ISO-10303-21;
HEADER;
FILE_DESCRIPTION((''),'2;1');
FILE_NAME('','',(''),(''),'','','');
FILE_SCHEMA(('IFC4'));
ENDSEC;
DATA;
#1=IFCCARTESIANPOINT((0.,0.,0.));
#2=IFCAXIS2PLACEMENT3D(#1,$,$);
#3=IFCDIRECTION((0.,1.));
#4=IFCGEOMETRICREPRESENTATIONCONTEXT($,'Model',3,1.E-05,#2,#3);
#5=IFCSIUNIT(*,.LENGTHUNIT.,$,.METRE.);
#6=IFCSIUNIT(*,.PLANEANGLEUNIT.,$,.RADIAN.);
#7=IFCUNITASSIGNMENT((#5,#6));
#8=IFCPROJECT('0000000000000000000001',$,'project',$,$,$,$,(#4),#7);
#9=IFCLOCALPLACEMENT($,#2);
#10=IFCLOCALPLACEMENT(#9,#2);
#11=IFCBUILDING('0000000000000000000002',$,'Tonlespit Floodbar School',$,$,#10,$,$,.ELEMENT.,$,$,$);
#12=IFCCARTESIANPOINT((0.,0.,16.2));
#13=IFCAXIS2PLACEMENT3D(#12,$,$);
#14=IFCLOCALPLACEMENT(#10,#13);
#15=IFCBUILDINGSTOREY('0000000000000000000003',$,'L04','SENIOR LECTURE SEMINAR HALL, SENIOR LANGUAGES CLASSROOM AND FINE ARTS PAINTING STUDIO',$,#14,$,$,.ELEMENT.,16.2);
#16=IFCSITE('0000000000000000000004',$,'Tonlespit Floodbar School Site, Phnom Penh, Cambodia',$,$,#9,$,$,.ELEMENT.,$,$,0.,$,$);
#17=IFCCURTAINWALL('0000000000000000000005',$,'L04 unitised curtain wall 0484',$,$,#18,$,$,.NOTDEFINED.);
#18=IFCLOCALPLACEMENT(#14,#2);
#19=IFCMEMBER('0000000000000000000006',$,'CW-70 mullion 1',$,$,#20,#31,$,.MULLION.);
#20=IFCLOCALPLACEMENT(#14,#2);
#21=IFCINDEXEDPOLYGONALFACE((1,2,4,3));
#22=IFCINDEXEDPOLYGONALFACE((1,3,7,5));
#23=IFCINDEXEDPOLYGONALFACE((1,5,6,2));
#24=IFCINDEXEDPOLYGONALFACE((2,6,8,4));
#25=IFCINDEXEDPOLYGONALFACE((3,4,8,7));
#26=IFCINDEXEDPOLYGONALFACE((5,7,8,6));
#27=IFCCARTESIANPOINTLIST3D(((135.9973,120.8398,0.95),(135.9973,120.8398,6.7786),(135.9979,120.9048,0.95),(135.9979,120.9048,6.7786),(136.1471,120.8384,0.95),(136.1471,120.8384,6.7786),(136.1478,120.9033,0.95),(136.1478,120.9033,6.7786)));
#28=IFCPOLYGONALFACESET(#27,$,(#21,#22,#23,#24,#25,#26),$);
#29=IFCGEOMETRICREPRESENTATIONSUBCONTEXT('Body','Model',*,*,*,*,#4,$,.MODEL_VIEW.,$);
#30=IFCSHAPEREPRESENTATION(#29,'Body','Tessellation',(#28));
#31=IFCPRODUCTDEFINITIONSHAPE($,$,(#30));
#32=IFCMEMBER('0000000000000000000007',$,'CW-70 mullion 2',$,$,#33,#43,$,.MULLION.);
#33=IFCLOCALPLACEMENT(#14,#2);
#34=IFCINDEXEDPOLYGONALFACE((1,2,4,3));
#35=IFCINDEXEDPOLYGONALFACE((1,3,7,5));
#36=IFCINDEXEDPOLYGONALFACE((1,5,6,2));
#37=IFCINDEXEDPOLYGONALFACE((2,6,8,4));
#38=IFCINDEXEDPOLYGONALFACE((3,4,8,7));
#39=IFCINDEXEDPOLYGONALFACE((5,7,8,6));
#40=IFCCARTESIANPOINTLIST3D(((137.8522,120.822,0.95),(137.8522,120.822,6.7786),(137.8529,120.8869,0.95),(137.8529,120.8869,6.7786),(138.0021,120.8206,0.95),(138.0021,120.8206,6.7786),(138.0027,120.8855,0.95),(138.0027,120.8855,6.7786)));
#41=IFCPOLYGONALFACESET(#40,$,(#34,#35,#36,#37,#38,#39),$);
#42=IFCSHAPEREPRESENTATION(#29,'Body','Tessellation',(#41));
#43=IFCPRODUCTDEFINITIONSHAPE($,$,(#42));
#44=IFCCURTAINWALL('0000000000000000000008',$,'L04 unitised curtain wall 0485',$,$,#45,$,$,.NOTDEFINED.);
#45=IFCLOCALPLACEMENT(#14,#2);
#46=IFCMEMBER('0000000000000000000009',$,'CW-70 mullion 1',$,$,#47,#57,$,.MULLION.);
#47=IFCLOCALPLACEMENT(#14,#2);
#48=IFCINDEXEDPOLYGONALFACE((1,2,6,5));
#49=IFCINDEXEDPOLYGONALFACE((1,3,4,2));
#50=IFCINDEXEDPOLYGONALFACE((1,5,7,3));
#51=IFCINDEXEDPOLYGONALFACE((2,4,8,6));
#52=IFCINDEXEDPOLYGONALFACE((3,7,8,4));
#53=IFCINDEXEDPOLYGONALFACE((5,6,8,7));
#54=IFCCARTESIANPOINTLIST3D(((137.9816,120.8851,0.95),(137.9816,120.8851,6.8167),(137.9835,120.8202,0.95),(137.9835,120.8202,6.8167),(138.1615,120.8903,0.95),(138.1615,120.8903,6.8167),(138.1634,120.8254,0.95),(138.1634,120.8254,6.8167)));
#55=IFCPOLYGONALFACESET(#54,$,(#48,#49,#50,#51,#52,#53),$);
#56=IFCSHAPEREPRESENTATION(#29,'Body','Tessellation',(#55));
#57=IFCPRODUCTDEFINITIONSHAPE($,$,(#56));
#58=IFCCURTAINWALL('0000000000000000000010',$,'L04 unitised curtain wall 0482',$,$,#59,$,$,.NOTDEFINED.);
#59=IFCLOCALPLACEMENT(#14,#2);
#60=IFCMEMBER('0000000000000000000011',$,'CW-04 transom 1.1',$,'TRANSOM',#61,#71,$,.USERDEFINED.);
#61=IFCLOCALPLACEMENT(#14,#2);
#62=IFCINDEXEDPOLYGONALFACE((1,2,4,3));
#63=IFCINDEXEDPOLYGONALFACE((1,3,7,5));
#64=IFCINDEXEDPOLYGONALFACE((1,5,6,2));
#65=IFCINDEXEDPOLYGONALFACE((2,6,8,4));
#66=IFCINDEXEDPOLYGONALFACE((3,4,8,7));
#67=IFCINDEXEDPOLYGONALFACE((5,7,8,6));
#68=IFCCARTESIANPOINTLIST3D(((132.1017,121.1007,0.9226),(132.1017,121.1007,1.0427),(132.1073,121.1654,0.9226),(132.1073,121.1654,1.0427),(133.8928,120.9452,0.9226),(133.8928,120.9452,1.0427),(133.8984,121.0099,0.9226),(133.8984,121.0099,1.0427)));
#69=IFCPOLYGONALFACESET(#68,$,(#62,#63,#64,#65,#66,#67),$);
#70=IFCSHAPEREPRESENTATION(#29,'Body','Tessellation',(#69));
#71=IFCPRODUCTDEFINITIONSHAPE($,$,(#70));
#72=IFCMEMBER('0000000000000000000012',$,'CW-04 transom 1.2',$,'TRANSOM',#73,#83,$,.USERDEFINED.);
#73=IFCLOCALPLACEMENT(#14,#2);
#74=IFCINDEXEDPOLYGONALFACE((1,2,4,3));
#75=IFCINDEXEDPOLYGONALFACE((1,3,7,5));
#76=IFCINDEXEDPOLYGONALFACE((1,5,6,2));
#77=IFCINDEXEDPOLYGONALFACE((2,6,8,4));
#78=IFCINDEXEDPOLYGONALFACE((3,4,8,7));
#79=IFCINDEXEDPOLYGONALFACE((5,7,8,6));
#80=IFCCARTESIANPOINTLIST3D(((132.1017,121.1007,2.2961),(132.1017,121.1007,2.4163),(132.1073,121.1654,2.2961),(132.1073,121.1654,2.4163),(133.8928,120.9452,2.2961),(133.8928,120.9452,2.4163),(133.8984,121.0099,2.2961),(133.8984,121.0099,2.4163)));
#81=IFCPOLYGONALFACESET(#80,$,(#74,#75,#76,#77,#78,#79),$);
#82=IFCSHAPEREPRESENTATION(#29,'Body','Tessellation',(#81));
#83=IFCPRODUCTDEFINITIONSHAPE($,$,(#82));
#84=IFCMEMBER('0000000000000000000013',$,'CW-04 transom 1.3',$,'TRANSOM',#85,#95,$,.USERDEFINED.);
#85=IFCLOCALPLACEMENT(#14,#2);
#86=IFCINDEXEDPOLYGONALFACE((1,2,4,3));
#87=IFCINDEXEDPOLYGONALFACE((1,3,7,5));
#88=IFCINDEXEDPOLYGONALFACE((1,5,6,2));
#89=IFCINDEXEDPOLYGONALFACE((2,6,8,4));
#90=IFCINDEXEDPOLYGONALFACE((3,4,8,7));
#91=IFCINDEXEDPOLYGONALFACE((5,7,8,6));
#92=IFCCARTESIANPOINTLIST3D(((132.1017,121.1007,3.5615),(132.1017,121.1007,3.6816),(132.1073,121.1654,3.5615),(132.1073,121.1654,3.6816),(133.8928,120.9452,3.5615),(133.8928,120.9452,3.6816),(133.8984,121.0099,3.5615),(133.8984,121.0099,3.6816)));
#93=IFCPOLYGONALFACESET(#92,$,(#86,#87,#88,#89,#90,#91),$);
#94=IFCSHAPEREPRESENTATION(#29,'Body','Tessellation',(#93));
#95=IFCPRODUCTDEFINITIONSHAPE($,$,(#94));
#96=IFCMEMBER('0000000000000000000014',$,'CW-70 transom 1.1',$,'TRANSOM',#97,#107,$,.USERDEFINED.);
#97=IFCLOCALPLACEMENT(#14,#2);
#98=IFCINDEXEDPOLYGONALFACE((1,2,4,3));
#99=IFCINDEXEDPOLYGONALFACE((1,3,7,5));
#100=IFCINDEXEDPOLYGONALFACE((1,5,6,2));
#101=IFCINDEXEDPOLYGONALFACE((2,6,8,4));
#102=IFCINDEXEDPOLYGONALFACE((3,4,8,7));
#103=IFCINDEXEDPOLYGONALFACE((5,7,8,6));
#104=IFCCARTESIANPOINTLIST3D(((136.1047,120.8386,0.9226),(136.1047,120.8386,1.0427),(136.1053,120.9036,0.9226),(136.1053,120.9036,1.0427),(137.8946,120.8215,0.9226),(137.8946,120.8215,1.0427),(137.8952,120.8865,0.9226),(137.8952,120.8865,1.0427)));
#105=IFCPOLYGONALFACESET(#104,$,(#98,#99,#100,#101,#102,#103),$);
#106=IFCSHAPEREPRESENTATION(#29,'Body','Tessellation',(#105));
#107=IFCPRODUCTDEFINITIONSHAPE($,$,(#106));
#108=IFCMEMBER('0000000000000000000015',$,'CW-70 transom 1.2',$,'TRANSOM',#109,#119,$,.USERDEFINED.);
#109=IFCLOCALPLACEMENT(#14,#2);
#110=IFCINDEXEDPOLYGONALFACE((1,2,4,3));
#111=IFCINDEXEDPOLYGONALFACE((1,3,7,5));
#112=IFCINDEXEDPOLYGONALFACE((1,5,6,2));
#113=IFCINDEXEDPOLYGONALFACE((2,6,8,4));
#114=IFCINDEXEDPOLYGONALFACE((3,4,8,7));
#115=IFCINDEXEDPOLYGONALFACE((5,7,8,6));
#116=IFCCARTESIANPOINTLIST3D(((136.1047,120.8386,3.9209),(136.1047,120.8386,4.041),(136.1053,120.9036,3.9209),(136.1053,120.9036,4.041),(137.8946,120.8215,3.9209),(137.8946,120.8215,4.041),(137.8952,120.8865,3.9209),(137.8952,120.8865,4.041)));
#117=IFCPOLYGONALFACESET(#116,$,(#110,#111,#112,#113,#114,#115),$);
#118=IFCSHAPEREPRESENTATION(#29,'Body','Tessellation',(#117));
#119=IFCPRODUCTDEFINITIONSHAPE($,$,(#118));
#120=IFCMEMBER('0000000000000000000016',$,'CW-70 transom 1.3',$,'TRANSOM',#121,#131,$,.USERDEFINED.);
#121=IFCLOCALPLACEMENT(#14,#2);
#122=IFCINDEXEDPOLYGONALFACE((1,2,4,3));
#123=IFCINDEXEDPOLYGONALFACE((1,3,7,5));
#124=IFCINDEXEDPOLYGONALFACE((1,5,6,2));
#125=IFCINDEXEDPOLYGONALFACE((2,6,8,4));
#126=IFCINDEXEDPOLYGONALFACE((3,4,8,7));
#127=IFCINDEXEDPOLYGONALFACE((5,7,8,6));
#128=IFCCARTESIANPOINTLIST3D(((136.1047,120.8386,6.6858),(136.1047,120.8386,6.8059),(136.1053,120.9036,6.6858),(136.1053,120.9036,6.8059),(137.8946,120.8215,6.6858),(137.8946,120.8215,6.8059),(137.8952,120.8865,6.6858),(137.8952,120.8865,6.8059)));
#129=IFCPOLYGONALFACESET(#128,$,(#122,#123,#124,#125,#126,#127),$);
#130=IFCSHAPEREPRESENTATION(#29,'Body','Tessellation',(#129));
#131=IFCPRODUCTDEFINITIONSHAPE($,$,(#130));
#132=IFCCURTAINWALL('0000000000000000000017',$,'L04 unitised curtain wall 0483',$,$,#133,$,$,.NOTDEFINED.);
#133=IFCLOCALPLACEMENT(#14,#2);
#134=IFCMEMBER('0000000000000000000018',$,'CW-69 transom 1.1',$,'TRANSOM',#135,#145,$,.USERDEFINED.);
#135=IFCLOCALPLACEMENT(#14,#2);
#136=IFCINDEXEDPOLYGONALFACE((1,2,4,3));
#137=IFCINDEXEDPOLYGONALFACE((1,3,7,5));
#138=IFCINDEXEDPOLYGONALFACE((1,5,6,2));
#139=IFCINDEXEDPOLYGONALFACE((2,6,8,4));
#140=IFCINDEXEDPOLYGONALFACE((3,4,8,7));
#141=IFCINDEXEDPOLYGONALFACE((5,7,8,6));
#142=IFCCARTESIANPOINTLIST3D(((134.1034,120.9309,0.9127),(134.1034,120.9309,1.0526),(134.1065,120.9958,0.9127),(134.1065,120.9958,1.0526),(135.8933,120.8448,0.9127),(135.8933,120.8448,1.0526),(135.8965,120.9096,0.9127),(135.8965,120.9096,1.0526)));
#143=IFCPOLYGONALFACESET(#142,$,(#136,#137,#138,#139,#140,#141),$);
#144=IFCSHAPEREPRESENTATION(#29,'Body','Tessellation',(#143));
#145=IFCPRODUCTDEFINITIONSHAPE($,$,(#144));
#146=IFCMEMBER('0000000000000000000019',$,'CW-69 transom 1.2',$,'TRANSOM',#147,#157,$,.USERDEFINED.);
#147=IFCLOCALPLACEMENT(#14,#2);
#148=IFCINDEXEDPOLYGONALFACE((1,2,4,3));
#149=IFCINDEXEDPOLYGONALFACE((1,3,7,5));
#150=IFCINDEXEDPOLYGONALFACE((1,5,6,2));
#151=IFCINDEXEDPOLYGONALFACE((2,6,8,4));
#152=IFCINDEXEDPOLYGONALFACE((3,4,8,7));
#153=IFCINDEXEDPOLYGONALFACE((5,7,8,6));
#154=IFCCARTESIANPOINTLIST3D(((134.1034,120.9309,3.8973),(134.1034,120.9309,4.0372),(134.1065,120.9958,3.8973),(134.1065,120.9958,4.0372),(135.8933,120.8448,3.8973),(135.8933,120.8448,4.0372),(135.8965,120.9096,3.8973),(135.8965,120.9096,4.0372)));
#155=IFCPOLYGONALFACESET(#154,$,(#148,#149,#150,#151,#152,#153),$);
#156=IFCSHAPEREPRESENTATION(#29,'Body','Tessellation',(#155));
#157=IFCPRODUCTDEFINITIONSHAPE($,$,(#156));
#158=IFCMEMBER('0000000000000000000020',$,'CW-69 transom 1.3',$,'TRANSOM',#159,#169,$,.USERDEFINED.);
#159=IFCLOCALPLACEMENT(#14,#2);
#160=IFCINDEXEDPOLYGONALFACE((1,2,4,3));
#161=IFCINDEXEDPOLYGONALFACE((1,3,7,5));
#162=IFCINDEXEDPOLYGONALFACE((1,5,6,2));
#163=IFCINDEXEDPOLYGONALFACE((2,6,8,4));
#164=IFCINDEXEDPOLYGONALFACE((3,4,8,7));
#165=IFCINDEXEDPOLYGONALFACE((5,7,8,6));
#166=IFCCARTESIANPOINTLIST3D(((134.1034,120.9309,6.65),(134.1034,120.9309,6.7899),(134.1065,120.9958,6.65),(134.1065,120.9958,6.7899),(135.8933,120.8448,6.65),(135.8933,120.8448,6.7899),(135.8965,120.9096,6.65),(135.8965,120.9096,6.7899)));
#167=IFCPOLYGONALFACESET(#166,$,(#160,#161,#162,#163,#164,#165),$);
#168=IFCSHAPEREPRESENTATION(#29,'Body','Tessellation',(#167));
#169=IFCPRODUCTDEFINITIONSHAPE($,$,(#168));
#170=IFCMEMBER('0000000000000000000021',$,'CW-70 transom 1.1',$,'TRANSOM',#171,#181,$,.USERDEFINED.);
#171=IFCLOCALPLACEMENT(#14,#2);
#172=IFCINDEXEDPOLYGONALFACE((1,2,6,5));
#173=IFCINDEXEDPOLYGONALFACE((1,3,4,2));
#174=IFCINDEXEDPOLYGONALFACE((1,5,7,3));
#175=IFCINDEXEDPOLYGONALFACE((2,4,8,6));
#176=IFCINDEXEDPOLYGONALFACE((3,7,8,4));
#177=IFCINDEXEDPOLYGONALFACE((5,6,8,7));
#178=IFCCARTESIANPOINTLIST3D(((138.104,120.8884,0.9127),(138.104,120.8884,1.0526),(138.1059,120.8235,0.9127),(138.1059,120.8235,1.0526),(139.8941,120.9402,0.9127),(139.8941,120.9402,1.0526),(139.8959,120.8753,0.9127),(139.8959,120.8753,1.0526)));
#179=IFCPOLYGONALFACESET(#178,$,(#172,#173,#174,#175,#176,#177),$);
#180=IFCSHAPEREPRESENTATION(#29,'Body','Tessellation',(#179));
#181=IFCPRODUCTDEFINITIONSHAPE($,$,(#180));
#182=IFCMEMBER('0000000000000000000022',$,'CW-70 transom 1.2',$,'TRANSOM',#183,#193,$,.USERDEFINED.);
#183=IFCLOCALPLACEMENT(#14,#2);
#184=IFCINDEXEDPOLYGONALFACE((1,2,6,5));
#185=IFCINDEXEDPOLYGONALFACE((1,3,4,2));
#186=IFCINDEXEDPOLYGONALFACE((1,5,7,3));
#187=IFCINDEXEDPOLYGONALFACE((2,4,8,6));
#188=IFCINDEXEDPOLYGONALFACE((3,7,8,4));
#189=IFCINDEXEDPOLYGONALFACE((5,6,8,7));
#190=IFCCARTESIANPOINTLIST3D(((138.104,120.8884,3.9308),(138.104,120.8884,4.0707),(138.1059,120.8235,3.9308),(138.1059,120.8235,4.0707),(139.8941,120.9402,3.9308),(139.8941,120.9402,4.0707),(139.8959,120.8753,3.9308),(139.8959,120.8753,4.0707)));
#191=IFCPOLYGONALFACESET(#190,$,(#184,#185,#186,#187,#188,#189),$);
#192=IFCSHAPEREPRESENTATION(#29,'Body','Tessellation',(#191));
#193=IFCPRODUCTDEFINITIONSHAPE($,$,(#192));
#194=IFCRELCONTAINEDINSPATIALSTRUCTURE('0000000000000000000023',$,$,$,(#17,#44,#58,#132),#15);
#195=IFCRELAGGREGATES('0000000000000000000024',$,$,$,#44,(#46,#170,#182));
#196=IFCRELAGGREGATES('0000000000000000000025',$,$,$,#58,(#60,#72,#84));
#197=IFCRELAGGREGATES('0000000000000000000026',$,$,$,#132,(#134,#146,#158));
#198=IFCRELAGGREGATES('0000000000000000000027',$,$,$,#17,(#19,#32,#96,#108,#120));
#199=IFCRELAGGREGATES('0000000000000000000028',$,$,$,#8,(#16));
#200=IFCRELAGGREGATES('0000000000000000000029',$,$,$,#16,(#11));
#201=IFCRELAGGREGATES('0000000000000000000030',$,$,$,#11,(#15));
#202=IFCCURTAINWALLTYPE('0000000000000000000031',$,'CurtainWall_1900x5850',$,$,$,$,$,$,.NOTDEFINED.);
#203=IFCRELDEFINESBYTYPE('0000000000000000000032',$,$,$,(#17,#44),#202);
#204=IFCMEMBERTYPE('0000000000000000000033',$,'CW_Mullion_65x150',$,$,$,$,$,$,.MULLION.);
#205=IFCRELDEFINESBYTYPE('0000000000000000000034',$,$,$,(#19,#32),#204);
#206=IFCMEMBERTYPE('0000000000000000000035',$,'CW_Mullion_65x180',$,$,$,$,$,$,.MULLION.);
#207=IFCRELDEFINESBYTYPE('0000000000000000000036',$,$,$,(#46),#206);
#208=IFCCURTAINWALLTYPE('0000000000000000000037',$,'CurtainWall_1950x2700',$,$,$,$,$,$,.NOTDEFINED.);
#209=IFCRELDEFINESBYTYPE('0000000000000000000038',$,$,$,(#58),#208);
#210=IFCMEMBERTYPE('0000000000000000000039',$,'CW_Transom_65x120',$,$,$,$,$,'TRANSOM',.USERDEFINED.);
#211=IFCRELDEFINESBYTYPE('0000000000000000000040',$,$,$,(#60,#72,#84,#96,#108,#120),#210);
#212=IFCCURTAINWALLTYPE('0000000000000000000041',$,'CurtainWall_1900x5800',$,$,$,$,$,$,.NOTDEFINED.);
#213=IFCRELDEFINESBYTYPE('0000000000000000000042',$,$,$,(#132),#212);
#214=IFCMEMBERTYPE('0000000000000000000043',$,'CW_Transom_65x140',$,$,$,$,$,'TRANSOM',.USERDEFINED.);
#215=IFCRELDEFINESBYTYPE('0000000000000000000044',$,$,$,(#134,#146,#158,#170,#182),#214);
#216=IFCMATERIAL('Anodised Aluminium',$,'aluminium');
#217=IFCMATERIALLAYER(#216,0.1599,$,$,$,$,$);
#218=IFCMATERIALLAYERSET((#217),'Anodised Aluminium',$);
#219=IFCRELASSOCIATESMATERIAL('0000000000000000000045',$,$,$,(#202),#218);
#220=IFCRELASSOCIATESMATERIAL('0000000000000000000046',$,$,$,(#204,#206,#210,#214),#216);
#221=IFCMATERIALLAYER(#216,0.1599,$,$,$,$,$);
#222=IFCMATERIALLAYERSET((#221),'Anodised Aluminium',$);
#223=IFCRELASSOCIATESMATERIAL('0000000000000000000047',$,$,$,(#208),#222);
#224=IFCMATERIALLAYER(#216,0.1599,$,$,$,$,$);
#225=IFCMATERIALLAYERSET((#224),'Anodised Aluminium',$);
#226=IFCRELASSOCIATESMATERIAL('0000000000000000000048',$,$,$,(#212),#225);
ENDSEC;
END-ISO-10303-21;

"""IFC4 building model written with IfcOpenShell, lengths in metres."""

from ifc_helpers import new_model, si_unit, direction, frame, origin, origin_2d, place, context, subcontext, project, spatial, rectangle, extrude, material, layer, layer_set, material_profile, profile_set, type_object, element, aggregate, save


model = new_model("IFC4")

# Units and contexts
model_context = context("Model", 3, precision=1e-05, world=origin(), true_north=direction((0.0, 1.0)))
body_context = subcontext(model_context, "Body", "Model", "MODEL_VIEW")
ifc_project = project(units=[si_unit("LENGTHUNIT", "METRE"), si_unit("PLANEANGLEUNIT", "RADIAN")], contexts=[model_context])

# Site, building, storey
site_placement = place(None, origin())
site = spatial("IfcSite", under=ifc_project, at=site_placement, Name="Tonlespit Floodbar School Site, Phnom Penh, Cambodia", CompositionType="ELEMENT", RefElevation=0.0)
building_placement = place(site_placement, origin())
building = spatial("IfcBuilding", under=site, at=building_placement, Name="Tonlespit Floodbar School", CompositionType="ELEMENT")
storey_placement = place(building_placement, frame((0.0, 0.0, 16.2)))
storey = spatial("IfcBuildingStorey", under=building, at=storey_placement, Name="L04", Description="SENIOR LECTURE SEMINAR HALL, SENIOR LANGUAGES CLASSROOM AND FINE ARTS PAINTING STUDIO", CompositionType="ELEMENT", Elevation=16.2)

# Curtain wall, members
ifc_material_1 = material(Name="Anodised Aluminium", Category="aluminium")
ifc_layer_1 = layer(ifc_material_1, 0.1599)
ifc_layer_set_1 = layer_set([ifc_layer_1], Name="Anodised Aluminium")
curtain_wall_type_1 = type_object("IfcCurtainWallType", Name="CurtainWall_1900x5850", PredefinedType="NOTDEFINED", material=ifc_layer_set_1)
curtain_wall_1_placement = place(storey_placement, origin())
curtain_wall_1 = element("IfcCurtainWall", 1, at=curtain_wall_1_placement, inside=storey, type_object=curtain_wall_type_1, Name="L04 unitised curtain wall 0484", PredefinedType="NOTDEFINED")
ifc_material_profile_1 = material_profile(ifc_material_1, rectangle(XDim=0.0649, YDim=0.1499, at=origin_2d()), Name="ALU M65x150")
ifc_profile_set_1 = profile_set([ifc_material_profile_1], Name="Anodised Aluminium")
member_type_1 = type_object("IfcMemberType", Name="CW_Mullion_65x150", PredefinedType="MULLION", material=ifc_profile_set_1)
member_1_placement = place(storey_placement, frame((136.0725, 120.8716, 0.95), z_axis=(0.0, 0.0, 1.0), x_axis=(0.009583, 0.999954, 0.0)))
member_1 = element("IfcMember", 2, at=member_1_placement, type_object=member_type_1, Name="CW-70 mullion 1", PredefinedType="MULLION", context=body_context, shape_type="SweptSolid", body=[
    extrude(rectangle(XDim=0.0649, YDim=0.1499, at=origin_2d()), origin(), (0.0, 0.0, 1.0), 5.8286),
])
member_2_placement = place(storey_placement, frame((137.9275, 120.8538, 0.95), z_axis=(0.0, 0.0, 1.0), x_axis=(0.009583, 0.999954, 0.0)))
member_2 = element("IfcMember", 3, at=member_2_placement, type_object=member_type_1, Name="CW-70 mullion 2", PredefinedType="MULLION", context=body_context, shape_type="SweptSolid", body=[
    extrude(rectangle(XDim=0.0649, YDim=0.1499, at=origin_2d()), origin(), (0.0, 0.0, 1.0), 5.8286),
])

# Curtain wall, member
curtain_wall_2_placement = place(storey_placement, origin())
curtain_wall_2 = element("IfcCurtainWall", 4, at=curtain_wall_2_placement, inside=storey, type_object=curtain_wall_type_1, Name="L04 unitised curtain wall 0485", PredefinedType="NOTDEFINED")
ifc_material_profile_2 = material_profile(ifc_material_1, rectangle(XDim=0.0649, YDim=0.1799, at=origin_2d()), Name="ALU M65x180")
ifc_profile_set_2 = profile_set([ifc_material_profile_2], Name="Anodised Aluminium")
member_type_2 = type_object("IfcMemberType", Name="CW_Mullion_65x180", PredefinedType="MULLION", material=ifc_profile_set_2)
member_3_placement = place(storey_placement, frame((138.0725, 120.8552, 0.95), z_axis=(0.0, 0.0, 1.0), x_axis=(-0.02879, 0.999585, 0.0)))
member_3 = element("IfcMember", 5, at=member_3_placement, type_object=member_type_2, Name="CW-70 mullion 1", PredefinedType="MULLION", context=body_context, shape_type="SweptSolid", body=[
    extrude(rectangle(XDim=0.0649, YDim=0.1799, at=origin_2d()), origin(), (0.0, 0.0, 1.0), 5.8667),
])

# Curtain wall, members
ifc_layer_2 = layer(ifc_material_1, 0.1599)
ifc_layer_set_2 = layer_set([ifc_layer_2], Name="Anodised Aluminium")
curtain_wall_type_2 = type_object("IfcCurtainWallType", Name="CurtainWall_1950x2700", PredefinedType="NOTDEFINED", material=ifc_layer_set_2)
curtain_wall_3_placement = place(storey_placement, origin())
curtain_wall_3 = element("IfcCurtainWall", 6, at=curtain_wall_3_placement, inside=storey, type_object=curtain_wall_type_2, Name="L04 unitised curtain wall 0482", PredefinedType="NOTDEFINED")
ifc_material_profile_3 = material_profile(ifc_material_1, rectangle(XDim=0.0649, YDim=0.1201, at=origin_2d()), Name="ALU T65x120")
ifc_profile_set_3 = profile_set([ifc_material_profile_3], Name="Anodised Aluminium")
member_type_3 = type_object("IfcMemberType", Name="CW_Transom_65x120", ElementType="TRANSOM", PredefinedType="USERDEFINED", material=ifc_profile_set_3)
member_4_placement = place(storey_placement, frame((132.1045, 121.1331, 0.9827), z_axis=(0.996251, -0.086507, 0.0), x_axis=(0.086507, 0.996251, 0.0)))
member_4 = element("IfcMember", 7, at=member_4_placement, type_object=member_type_3, Name="CW-04 transom 1.1", ObjectType="TRANSOM", PredefinedType="USERDEFINED", context=body_context, shape_type="SweptSolid", body=[
    extrude(rectangle(XDim=0.0649, YDim=0.1201, at=origin_2d()), origin(), (0.0, 0.0, 1.0), 1.7979),
])
member_5_placement = place(storey_placement, frame((132.1045, 121.1331, 2.3562), z_axis=(0.996251, -0.086507, 0.0), x_axis=(0.086507, 0.996251, 0.0)))
member_5 = element("IfcMember", 8, at=member_5_placement, type_object=member_type_3, Name="CW-04 transom 1.2", ObjectType="TRANSOM", PredefinedType="USERDEFINED", context=body_context, shape_type="SweptSolid", body=[
    extrude(rectangle(XDim=0.0649, YDim=0.1201, at=origin_2d()), origin(), (0.0, 0.0, 1.0), 1.7979),
])
member_6_placement = place(storey_placement, frame((132.1045, 121.1331, 3.6216), z_axis=(0.996251, -0.086507, 0.0), x_axis=(0.086507, 0.996251, 0.0)))
member_6 = element("IfcMember", 9, at=member_6_placement, type_object=member_type_3, Name="CW-04 transom 1.3", ObjectType="TRANSOM", PredefinedType="USERDEFINED", context=body_context, shape_type="SweptSolid", body=[
    extrude(rectangle(XDim=0.0649, YDim=0.1201, at=origin_2d()), origin(), (0.0, 0.0, 1.0), 1.7979),
])

# Members
member_7_placement = place(storey_placement, frame((136.105, 120.8711, 0.9827), z_axis=(0.999954, -0.009547, 0.0), x_axis=(0.009547, 0.999954, 0.0)))
member_7 = element("IfcMember", 10, at=member_7_placement, type_object=member_type_3, Name="CW-70 transom 1.1", ObjectType="TRANSOM", PredefinedType="USERDEFINED", context=body_context, shape_type="SweptSolid", body=[
    extrude(rectangle(XDim=0.0649, YDim=0.1201, at=origin_2d()), origin(), (0.0, 0.0, 1.0), 1.79),
])
member_8_placement = place(storey_placement, frame((136.105, 120.8711, 3.981), z_axis=(0.999954, -0.009547, 0.0), x_axis=(0.009547, 0.999954, 0.0)))
member_8 = element("IfcMember", 11, at=member_8_placement, type_object=member_type_3, Name="CW-70 transom 1.2", ObjectType="TRANSOM", PredefinedType="USERDEFINED", context=body_context, shape_type="SweptSolid", body=[
    extrude(rectangle(XDim=0.0649, YDim=0.1201, at=origin_2d()), origin(), (0.0, 0.0, 1.0), 1.79),
])
member_9_placement = place(storey_placement, frame((136.105, 120.8711, 6.7458), z_axis=(0.999954, -0.009547, 0.0), x_axis=(0.009547, 0.999954, 0.0)))
member_9 = element("IfcMember", 12, at=member_9_placement, type_object=member_type_3, Name="CW-70 transom 1.3", ObjectType="TRANSOM", PredefinedType="USERDEFINED", context=body_context, shape_type="SweptSolid", body=[
    extrude(rectangle(XDim=0.0649, YDim=0.1201, at=origin_2d()), origin(), (0.0, 0.0, 1.0), 1.79),
])

# Curtain wall, members
ifc_layer_3 = layer(ifc_material_1, 0.1599)
ifc_layer_set_3 = layer_set([ifc_layer_3], Name="Anodised Aluminium")
curtain_wall_type_3 = type_object("IfcCurtainWallType", Name="CurtainWall_1900x5800", PredefinedType="NOTDEFINED", material=ifc_layer_set_3)
curtain_wall_4_placement = place(storey_placement, origin())
curtain_wall_4 = element("IfcCurtainWall", 13, at=curtain_wall_4_placement, inside=storey, type_object=curtain_wall_type_3, Name="L04 unitised curtain wall 0483", PredefinedType="NOTDEFINED")
ifc_material_profile_4 = material_profile(ifc_material_1, rectangle(XDim=0.0649, YDim=0.1399, at=origin_2d()), Name="ALU T65x140")
ifc_profile_set_4 = profile_set([ifc_material_profile_4], Name="Anodised Aluminium")
member_type_4 = type_object("IfcMemberType", Name="CW_Transom_65x140", ElementType="TRANSOM", PredefinedType="USERDEFINED", material=ifc_profile_set_4)
member_10_placement = place(storey_placement, frame((134.105, 120.9634, 0.9827), z_axis=(0.998843, -0.048089, 0.0), x_axis=(0.048089, 0.998843, 0.0)))
member_10 = element("IfcMember", 14, at=member_10_placement, type_object=member_type_4, Name="CW-69 transom 1.1", ObjectType="TRANSOM", PredefinedType="USERDEFINED", context=body_context, shape_type="SweptSolid", body=[
    extrude(rectangle(XDim=0.0649, YDim=0.1399, at=origin_2d()), origin(), (0.0, 0.0, 1.0), 1.792),
])
member_11_placement = place(storey_placement, frame((134.105, 120.9634, 3.9673), z_axis=(0.998843, -0.048089, 0.0), x_axis=(0.048089, 0.998843, 0.0)))
member_11 = element("IfcMember", 15, at=member_11_placement, type_object=member_type_4, Name="CW-69 transom 1.2", ObjectType="TRANSOM", PredefinedType="USERDEFINED", context=body_context, shape_type="SweptSolid", body=[
    extrude(rectangle(XDim=0.0649, YDim=0.1399, at=origin_2d()), origin(), (0.0, 0.0, 1.0), 1.792),
])
member_12_placement = place(storey_placement, frame((134.105, 120.9634, 6.72), z_axis=(0.998843, -0.048089, 0.0), x_axis=(0.048089, 0.998843, 0.0)))
member_12 = element("IfcMember", 16, at=member_12_placement, type_object=member_type_4, Name="CW-69 transom 1.3", ObjectType="TRANSOM", PredefinedType="USERDEFINED", context=body_context, shape_type="SweptSolid", body=[
    extrude(rectangle(XDim=0.0649, YDim=0.1399, at=origin_2d()), origin(), (0.0, 0.0, 1.0), 1.792),
])

# Members
member_13_placement = place(storey_placement, frame((138.105, 120.856, 0.9827), z_axis=(0.999582, 0.028902, 0.0), x_axis=(-0.028902, 0.999582, 0.0)))
member_13 = element("IfcMember", 17, at=member_13_placement, type_object=member_type_4, Name="CW-70 transom 1.1", ObjectType="TRANSOM", PredefinedType="USERDEFINED", context=body_context, shape_type="SweptSolid", body=[
    extrude(rectangle(XDim=0.0649, YDim=0.1399, at=origin_2d()), origin(), (0.0, 0.0, 1.0), 1.7908),
])
member_14_placement = place(storey_placement, frame((138.105, 120.856, 4.0007), z_axis=(0.999582, 0.028902, 0.0), x_axis=(-0.028902, 0.999582, 0.0)))
member_14 = element("IfcMember", 18, at=member_14_placement, type_object=member_type_4, Name="CW-70 transom 1.2", ObjectType="TRANSOM", PredefinedType="USERDEFINED", context=body_context, shape_type="SweptSolid", body=[
    extrude(rectangle(XDim=0.0649, YDim=0.1399, at=origin_2d()), origin(), (0.0, 0.0, 1.0), 1.7908),
])
aggregate(curtain_wall_2, [member_3, member_13, member_14])

aggregate(curtain_wall_3, [member_4, member_5, member_6])
aggregate(curtain_wall_4, [member_10, member_11, member_12])
aggregate(curtain_wall_1, [member_1, member_2, member_7, member_8, member_9])

save(model, "model.ifc")
